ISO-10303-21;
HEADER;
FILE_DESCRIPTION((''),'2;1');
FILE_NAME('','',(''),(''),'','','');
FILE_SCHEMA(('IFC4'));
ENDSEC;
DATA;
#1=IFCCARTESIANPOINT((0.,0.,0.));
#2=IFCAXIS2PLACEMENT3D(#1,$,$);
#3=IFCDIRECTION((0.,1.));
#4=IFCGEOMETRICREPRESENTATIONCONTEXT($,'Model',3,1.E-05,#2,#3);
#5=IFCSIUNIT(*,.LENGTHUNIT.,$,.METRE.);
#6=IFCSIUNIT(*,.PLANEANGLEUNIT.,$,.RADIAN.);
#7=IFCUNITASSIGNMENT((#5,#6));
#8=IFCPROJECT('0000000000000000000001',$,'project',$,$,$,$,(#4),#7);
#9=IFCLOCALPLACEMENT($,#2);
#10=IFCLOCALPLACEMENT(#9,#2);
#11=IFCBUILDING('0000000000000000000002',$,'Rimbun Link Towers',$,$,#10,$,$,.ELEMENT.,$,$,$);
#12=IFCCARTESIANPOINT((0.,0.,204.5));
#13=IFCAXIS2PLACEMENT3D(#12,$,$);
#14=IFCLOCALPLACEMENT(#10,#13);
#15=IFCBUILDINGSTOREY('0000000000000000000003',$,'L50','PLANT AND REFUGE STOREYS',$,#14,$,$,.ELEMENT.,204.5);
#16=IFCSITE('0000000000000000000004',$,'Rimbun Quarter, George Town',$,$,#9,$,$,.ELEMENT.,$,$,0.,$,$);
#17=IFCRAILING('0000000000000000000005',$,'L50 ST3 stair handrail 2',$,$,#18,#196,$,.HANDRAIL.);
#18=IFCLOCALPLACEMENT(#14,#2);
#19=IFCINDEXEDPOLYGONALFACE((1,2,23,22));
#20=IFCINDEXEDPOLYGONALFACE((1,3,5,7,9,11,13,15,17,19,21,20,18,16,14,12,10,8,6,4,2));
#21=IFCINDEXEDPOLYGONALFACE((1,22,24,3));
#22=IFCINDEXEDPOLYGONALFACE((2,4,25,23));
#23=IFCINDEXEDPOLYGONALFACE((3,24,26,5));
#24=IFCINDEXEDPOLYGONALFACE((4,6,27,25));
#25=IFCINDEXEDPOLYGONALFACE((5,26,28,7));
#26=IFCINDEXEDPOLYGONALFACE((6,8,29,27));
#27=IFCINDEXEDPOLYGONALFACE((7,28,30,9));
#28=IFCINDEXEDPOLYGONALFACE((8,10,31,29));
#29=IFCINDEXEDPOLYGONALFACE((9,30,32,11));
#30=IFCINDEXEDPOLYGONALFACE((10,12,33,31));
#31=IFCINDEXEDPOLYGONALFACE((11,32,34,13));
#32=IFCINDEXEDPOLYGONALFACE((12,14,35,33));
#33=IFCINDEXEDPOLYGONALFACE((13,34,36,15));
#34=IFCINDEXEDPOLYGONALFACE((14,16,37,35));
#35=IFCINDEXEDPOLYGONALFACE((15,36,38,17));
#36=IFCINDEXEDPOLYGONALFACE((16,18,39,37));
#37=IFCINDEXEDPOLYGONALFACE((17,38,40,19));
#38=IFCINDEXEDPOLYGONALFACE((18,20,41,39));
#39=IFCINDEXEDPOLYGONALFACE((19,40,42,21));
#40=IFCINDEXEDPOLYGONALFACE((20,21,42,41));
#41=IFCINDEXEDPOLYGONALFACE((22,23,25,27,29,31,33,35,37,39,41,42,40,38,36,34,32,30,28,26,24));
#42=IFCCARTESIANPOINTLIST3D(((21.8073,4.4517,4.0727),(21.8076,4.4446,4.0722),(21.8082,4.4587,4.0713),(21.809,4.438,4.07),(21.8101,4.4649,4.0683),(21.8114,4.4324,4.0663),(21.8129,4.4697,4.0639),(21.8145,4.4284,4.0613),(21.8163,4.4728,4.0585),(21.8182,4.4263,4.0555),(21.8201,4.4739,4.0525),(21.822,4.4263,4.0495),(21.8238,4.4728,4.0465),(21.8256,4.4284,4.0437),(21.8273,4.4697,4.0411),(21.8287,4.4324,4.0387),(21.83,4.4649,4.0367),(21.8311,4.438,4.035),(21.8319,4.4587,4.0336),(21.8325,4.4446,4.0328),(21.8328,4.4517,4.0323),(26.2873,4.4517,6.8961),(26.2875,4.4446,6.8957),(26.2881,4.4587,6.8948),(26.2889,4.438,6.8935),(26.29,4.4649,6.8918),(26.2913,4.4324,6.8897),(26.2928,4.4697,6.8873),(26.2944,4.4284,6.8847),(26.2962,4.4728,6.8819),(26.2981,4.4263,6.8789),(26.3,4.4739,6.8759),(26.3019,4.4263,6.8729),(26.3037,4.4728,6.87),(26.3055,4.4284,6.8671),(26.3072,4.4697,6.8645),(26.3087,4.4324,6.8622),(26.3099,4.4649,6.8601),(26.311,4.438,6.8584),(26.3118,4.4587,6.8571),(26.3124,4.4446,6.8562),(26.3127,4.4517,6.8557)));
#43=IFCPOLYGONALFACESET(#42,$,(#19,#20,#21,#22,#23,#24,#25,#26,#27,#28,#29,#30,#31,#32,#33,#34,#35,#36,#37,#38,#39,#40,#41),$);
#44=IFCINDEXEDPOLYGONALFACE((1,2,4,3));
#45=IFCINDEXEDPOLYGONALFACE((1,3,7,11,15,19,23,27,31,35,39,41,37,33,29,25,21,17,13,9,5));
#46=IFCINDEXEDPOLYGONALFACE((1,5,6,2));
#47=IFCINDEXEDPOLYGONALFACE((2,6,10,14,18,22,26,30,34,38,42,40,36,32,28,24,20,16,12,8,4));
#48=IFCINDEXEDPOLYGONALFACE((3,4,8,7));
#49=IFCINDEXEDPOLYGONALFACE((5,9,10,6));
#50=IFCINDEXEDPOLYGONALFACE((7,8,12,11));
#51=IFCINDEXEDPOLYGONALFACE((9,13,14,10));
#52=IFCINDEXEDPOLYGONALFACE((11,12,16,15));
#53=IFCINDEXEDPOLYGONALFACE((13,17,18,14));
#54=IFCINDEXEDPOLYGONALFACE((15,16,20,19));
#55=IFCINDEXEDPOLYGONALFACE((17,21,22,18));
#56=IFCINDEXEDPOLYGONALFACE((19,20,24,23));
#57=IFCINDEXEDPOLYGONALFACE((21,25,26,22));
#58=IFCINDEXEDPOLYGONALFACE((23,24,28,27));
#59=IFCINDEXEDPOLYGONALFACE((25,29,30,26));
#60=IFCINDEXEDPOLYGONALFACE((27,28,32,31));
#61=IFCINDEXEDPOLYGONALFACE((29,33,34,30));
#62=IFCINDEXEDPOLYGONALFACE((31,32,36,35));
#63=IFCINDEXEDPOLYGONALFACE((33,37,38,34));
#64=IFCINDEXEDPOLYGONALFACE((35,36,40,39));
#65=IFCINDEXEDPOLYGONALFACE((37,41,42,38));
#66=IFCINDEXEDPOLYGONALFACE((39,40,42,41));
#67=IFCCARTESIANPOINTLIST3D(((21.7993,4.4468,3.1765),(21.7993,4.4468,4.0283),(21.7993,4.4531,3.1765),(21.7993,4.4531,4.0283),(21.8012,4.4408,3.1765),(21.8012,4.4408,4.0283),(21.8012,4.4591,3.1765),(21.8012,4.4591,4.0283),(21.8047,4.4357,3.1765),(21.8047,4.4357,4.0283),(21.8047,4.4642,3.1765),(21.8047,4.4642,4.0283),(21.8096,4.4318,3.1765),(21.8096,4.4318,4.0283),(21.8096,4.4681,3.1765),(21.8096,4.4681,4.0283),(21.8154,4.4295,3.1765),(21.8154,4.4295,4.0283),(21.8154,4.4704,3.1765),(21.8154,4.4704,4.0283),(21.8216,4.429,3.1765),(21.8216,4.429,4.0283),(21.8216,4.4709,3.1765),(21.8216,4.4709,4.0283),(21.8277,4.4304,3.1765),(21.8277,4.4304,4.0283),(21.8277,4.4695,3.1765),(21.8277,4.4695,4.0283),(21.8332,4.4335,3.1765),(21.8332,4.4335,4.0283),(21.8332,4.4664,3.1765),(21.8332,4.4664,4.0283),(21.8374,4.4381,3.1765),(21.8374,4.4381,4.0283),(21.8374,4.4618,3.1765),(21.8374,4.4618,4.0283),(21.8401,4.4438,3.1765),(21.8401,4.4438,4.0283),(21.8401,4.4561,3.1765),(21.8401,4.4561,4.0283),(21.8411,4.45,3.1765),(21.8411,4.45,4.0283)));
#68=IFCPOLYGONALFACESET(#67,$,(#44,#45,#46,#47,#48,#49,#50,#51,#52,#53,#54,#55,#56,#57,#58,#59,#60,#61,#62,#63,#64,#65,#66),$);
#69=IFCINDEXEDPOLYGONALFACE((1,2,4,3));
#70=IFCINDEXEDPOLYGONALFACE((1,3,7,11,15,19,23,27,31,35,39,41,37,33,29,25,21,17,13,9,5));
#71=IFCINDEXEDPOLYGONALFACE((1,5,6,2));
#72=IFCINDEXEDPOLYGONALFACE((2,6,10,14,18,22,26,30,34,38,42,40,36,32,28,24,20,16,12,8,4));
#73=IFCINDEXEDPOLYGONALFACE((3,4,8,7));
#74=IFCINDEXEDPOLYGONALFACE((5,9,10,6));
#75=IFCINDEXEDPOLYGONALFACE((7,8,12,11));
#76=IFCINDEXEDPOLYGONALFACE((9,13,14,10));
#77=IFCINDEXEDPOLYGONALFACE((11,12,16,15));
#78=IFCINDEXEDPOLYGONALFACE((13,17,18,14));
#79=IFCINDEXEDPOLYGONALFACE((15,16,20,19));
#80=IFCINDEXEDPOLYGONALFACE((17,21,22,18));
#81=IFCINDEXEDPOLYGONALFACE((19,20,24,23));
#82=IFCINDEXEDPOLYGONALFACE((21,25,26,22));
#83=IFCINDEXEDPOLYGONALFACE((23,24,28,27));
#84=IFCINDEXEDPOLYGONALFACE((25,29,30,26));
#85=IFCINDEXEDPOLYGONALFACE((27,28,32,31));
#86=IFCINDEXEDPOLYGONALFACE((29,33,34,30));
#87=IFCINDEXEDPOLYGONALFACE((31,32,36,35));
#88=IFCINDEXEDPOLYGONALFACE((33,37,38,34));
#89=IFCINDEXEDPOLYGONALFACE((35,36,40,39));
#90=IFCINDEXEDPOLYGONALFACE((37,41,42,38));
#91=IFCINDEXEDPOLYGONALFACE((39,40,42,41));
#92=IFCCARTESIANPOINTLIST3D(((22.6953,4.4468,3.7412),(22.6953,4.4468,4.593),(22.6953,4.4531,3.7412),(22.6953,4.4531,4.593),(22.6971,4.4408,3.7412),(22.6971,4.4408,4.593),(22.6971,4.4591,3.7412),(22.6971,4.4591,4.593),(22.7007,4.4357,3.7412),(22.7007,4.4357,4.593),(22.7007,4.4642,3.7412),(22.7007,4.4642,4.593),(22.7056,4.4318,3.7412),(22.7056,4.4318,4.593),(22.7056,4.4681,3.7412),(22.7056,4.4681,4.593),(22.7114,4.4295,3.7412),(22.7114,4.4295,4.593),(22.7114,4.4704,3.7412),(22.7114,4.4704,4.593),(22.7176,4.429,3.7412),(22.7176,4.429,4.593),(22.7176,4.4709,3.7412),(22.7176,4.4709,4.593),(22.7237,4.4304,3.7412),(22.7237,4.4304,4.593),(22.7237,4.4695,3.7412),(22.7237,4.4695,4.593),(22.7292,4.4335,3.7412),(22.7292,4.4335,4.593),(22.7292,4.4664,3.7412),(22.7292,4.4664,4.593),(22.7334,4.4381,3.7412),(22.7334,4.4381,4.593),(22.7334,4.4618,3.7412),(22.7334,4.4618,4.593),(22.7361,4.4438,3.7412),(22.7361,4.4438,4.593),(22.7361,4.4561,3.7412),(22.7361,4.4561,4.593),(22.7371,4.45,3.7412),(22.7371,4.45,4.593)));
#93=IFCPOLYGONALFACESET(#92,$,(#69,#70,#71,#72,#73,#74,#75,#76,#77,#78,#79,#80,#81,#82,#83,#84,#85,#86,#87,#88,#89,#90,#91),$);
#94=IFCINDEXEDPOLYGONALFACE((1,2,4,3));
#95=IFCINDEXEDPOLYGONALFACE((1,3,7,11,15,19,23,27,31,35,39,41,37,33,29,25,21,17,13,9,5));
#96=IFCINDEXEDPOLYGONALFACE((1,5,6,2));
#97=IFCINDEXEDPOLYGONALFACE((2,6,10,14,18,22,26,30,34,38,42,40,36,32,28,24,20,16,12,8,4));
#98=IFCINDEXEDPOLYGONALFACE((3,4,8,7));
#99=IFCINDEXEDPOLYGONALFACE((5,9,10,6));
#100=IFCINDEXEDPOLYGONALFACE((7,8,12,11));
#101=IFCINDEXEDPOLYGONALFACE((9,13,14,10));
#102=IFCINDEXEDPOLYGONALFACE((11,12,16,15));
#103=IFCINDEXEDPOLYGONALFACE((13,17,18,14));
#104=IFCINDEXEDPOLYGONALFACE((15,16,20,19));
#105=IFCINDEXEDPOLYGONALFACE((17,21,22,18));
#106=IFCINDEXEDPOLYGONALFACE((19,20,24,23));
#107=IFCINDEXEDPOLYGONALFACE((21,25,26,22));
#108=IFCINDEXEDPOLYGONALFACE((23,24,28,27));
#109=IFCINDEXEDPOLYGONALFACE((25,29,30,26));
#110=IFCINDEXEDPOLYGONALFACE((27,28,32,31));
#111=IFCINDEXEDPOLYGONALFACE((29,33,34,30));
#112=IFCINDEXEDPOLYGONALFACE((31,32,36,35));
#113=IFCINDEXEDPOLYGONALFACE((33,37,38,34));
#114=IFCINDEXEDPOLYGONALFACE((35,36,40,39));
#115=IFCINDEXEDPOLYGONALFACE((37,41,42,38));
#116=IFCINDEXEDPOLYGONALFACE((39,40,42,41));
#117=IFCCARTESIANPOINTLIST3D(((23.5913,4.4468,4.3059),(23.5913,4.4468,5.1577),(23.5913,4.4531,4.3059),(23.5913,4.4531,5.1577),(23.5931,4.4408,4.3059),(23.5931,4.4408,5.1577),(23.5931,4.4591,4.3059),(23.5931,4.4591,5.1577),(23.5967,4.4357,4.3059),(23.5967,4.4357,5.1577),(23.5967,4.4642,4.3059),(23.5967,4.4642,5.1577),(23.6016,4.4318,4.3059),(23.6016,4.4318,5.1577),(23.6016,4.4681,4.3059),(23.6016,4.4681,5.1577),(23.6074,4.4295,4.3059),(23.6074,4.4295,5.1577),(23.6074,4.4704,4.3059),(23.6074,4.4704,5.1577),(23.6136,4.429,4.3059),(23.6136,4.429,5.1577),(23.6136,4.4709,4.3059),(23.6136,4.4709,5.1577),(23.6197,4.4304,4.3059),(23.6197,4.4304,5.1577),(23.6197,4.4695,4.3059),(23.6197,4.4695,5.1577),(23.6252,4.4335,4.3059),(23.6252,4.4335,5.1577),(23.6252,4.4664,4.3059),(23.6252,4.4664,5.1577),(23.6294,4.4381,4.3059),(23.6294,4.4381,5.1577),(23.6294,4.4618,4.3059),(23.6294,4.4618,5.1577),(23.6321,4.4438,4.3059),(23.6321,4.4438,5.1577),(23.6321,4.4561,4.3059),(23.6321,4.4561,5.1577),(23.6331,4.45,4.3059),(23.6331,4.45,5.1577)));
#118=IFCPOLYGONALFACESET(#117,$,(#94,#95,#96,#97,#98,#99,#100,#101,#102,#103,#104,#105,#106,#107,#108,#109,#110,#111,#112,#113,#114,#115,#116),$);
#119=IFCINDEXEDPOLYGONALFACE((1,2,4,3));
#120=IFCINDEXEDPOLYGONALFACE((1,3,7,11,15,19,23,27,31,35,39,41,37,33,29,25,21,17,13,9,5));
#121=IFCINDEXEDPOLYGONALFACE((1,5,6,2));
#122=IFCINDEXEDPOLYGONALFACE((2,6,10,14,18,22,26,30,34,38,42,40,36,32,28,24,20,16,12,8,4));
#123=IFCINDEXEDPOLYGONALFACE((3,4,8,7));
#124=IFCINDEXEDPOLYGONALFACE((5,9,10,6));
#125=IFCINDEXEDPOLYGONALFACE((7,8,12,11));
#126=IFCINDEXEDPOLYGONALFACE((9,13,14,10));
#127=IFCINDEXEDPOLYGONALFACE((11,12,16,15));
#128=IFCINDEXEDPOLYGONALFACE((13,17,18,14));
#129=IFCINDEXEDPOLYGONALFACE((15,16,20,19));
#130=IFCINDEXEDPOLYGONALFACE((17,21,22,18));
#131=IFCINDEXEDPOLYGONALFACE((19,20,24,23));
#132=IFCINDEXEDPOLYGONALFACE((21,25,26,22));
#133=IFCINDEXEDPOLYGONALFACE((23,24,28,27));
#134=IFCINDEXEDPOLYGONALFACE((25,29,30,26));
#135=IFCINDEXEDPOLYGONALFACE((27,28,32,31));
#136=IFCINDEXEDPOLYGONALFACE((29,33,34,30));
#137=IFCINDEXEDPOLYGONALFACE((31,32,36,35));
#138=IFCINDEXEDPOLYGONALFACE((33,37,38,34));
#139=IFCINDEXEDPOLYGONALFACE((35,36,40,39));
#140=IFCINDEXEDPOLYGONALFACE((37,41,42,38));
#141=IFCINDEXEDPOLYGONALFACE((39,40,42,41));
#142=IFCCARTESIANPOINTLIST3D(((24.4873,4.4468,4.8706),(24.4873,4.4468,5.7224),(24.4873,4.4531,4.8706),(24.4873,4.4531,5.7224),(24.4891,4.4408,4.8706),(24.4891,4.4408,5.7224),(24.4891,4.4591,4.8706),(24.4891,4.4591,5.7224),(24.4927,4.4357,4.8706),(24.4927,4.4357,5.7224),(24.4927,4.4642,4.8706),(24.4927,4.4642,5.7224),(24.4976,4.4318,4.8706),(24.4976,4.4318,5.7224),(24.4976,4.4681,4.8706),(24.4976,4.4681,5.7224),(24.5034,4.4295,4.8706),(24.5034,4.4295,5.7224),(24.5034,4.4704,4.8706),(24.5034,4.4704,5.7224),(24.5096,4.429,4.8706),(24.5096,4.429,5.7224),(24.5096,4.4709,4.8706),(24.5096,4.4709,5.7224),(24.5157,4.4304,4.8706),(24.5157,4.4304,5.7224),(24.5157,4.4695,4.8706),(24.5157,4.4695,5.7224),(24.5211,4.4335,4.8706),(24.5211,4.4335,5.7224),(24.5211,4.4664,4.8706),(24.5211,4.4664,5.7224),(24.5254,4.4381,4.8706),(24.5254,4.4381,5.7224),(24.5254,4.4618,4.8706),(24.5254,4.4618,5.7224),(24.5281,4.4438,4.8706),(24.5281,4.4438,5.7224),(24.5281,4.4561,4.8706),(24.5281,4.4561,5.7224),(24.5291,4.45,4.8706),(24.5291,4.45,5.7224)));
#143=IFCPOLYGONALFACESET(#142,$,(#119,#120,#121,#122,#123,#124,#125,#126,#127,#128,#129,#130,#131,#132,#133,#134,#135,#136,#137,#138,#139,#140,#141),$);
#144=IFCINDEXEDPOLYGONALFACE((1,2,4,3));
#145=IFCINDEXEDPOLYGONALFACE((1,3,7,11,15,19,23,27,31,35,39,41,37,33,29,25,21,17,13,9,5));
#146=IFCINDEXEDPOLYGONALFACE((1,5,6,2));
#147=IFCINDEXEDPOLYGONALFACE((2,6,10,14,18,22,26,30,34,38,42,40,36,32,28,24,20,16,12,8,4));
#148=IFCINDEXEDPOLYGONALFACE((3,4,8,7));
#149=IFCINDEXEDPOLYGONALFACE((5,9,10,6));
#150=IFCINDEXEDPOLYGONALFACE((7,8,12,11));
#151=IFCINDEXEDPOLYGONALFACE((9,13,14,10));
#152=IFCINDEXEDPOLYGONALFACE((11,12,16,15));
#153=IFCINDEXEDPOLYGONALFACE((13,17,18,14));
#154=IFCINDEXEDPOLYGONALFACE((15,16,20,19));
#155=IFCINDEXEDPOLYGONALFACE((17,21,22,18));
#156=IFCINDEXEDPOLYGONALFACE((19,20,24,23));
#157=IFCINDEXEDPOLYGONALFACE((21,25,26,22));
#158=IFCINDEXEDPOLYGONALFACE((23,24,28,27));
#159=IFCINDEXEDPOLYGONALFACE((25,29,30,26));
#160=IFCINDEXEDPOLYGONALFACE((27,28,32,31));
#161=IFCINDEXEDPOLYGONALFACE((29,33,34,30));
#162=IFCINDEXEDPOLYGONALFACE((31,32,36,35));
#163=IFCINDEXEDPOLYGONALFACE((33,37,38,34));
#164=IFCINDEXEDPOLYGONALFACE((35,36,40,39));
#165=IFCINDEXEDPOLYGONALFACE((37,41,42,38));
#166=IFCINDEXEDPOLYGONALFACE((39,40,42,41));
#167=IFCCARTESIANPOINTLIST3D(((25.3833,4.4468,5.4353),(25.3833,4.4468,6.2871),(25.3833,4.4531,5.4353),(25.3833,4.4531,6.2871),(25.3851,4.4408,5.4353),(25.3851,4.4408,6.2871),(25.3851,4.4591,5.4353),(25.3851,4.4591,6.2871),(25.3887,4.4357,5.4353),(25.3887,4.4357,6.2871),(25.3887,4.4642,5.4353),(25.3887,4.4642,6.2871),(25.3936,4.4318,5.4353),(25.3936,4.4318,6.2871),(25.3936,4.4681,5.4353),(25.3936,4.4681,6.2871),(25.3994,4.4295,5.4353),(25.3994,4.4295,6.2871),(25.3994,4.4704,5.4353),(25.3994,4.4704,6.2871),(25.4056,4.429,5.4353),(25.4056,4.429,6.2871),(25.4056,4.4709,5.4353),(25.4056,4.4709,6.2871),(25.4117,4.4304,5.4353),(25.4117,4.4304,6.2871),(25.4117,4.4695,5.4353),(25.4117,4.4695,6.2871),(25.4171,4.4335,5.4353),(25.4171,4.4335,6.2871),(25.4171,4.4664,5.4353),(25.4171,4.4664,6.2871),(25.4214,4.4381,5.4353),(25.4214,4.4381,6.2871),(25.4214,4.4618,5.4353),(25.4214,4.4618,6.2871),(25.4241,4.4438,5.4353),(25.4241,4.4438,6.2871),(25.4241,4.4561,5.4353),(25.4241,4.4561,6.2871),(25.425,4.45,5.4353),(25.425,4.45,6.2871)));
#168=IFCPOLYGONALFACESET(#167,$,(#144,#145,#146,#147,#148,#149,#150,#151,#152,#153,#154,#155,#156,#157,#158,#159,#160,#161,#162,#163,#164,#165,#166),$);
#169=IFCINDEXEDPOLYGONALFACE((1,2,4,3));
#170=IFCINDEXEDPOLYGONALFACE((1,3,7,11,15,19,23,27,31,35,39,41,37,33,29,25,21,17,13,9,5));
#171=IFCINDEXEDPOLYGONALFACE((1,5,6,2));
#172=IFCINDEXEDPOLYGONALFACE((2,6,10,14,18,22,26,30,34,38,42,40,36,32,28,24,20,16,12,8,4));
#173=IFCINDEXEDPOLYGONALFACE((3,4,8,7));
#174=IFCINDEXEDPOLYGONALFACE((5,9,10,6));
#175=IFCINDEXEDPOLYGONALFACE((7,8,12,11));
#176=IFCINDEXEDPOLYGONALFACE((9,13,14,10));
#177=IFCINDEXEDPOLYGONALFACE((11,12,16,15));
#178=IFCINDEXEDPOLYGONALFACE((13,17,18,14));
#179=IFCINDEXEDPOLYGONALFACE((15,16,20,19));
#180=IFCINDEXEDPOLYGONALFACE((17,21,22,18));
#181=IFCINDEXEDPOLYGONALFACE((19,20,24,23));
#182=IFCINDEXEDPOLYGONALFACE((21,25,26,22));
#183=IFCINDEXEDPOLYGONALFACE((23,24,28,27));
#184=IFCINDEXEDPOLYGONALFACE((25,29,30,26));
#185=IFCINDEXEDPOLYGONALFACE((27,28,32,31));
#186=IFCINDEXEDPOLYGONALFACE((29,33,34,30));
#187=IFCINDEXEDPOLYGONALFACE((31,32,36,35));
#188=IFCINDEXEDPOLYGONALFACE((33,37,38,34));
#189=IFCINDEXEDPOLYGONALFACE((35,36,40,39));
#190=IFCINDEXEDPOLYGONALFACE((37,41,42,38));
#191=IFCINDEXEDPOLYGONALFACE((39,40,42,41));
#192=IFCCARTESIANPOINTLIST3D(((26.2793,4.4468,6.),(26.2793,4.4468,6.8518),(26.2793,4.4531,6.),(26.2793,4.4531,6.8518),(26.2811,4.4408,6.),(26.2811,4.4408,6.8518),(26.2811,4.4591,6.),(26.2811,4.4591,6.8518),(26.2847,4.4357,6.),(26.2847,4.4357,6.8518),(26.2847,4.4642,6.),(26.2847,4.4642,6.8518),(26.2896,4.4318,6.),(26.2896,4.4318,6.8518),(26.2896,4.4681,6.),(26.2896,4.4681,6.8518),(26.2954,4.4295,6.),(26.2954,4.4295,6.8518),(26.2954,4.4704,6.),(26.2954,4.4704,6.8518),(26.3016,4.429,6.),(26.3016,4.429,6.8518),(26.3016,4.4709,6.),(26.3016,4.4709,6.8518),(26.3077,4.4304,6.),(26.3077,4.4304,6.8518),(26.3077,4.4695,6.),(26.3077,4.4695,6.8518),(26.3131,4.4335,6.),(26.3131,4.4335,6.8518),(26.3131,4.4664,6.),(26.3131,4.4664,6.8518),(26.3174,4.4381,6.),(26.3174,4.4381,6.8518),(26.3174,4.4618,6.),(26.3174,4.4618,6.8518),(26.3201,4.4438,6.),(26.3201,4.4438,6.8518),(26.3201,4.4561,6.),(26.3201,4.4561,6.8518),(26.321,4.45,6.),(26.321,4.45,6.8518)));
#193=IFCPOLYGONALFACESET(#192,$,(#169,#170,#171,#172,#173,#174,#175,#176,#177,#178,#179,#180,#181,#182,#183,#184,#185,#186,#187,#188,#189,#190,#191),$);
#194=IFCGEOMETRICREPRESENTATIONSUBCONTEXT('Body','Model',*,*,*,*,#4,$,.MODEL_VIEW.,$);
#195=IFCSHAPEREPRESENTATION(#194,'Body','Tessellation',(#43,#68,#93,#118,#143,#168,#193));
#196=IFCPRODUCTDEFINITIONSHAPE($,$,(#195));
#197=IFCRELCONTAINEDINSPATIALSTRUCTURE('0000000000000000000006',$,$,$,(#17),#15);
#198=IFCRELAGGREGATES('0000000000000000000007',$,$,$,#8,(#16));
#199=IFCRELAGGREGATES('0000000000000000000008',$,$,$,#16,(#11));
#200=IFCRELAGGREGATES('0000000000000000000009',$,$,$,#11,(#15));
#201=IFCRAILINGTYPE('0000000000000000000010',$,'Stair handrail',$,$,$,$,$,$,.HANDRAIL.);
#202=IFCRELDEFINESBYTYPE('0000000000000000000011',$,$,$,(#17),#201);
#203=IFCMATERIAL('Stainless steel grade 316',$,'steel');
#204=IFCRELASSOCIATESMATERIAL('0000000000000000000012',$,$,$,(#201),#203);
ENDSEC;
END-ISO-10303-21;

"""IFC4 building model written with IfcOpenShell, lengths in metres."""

from ifc_helpers import new_model, si_unit, direction, frame, origin, origin_2d, place, context, subcontext, project, spatial, circle, extrude, material, type_object, element, save


model = new_model("IFC4")

# Units and contexts
model_context = context("Model", 3, precision=1e-05, world=origin(), true_north=direction((0.0, 1.0)))
body_context = subcontext(model_context, "Body", "Model", "MODEL_VIEW")
ifc_project = project(units=[si_unit("LENGTHUNIT", "METRE"), si_unit("PLANEANGLEUNIT", "RADIAN")], contexts=[model_context])

# Site, building, storey
site_placement = place(None, origin())
site = spatial("IfcSite", under=ifc_project, at=site_placement, Name="Rimbun Quarter, George Town", CompositionType="ELEMENT", RefElevation=0.0)
building_placement = place(site_placement, origin())
building = spatial("IfcBuilding", under=site, at=building_placement, Name="Rimbun Link Towers", CompositionType="ELEMENT")
storey_placement = place(building_placement, frame((0.0, 0.0, 204.5)))
storey = spatial("IfcBuildingStorey", under=building, at=storey_placement, Name="L50", Description="PLANT AND REFUGE STOREYS", CompositionType="ELEMENT", Elevation=204.5)

# Railing
ifc_material_1 = material(Name="Stainless steel grade 316", Category="steel")
railing_type_1 = type_object("IfcRailingType", Name="Stair handrail", PredefinedType="HANDRAIL", material=ifc_material_1)
railing_1_placement = place(storey_placement, frame((21.8201, 4.45, 3.1765)))
element("IfcRailing", 1, at=railing_1_placement, inside=storey, type_object=railing_type_1, Name="L50 ST3 stair handrail 2", PredefinedType="HANDRAIL", context=body_context, shape_type="SweptSolid", body=[
    extrude(circle(Radius=0.0239, at=origin_2d()), frame((0.0, 0.0, 0.876), z_axis=(0.845998, 0.0, 0.533186), x_axis=(0.0, 1.0, 0.0)), (0.0, 0.0, 1.0), 5.2954),
    extrude(circle(Radius=0.021, at=origin_2d()), origin(), (0.0, 0.0, 1.0), 0.8518),
    extrude(circle(Radius=0.021, at=origin_2d()), frame((0.896, 0.0, 0.5647)), (0.0, 0.0, 1.0), 0.8518),
    extrude(circle(Radius=0.021, at=origin_2d()), frame((1.792, 0.0, 1.1294)), (0.0, 0.0, 1.0), 0.8518),
    extrude(circle(Radius=0.021, at=origin_2d()), frame((2.688, 0.0, 1.6941)), (0.0, 0.0, 1.0), 0.8518),
    extrude(circle(Radius=0.021, at=origin_2d()), frame((3.584, 0.0, 2.2588)), (0.0, 0.0, 1.0), 0.8518),
    extrude(circle(Radius=0.021, at=origin_2d()), frame((4.48, 0.0, 2.8235)), (0.0, 0.0, 1.0), 0.8518),
])

save(model, "model.ifc")
